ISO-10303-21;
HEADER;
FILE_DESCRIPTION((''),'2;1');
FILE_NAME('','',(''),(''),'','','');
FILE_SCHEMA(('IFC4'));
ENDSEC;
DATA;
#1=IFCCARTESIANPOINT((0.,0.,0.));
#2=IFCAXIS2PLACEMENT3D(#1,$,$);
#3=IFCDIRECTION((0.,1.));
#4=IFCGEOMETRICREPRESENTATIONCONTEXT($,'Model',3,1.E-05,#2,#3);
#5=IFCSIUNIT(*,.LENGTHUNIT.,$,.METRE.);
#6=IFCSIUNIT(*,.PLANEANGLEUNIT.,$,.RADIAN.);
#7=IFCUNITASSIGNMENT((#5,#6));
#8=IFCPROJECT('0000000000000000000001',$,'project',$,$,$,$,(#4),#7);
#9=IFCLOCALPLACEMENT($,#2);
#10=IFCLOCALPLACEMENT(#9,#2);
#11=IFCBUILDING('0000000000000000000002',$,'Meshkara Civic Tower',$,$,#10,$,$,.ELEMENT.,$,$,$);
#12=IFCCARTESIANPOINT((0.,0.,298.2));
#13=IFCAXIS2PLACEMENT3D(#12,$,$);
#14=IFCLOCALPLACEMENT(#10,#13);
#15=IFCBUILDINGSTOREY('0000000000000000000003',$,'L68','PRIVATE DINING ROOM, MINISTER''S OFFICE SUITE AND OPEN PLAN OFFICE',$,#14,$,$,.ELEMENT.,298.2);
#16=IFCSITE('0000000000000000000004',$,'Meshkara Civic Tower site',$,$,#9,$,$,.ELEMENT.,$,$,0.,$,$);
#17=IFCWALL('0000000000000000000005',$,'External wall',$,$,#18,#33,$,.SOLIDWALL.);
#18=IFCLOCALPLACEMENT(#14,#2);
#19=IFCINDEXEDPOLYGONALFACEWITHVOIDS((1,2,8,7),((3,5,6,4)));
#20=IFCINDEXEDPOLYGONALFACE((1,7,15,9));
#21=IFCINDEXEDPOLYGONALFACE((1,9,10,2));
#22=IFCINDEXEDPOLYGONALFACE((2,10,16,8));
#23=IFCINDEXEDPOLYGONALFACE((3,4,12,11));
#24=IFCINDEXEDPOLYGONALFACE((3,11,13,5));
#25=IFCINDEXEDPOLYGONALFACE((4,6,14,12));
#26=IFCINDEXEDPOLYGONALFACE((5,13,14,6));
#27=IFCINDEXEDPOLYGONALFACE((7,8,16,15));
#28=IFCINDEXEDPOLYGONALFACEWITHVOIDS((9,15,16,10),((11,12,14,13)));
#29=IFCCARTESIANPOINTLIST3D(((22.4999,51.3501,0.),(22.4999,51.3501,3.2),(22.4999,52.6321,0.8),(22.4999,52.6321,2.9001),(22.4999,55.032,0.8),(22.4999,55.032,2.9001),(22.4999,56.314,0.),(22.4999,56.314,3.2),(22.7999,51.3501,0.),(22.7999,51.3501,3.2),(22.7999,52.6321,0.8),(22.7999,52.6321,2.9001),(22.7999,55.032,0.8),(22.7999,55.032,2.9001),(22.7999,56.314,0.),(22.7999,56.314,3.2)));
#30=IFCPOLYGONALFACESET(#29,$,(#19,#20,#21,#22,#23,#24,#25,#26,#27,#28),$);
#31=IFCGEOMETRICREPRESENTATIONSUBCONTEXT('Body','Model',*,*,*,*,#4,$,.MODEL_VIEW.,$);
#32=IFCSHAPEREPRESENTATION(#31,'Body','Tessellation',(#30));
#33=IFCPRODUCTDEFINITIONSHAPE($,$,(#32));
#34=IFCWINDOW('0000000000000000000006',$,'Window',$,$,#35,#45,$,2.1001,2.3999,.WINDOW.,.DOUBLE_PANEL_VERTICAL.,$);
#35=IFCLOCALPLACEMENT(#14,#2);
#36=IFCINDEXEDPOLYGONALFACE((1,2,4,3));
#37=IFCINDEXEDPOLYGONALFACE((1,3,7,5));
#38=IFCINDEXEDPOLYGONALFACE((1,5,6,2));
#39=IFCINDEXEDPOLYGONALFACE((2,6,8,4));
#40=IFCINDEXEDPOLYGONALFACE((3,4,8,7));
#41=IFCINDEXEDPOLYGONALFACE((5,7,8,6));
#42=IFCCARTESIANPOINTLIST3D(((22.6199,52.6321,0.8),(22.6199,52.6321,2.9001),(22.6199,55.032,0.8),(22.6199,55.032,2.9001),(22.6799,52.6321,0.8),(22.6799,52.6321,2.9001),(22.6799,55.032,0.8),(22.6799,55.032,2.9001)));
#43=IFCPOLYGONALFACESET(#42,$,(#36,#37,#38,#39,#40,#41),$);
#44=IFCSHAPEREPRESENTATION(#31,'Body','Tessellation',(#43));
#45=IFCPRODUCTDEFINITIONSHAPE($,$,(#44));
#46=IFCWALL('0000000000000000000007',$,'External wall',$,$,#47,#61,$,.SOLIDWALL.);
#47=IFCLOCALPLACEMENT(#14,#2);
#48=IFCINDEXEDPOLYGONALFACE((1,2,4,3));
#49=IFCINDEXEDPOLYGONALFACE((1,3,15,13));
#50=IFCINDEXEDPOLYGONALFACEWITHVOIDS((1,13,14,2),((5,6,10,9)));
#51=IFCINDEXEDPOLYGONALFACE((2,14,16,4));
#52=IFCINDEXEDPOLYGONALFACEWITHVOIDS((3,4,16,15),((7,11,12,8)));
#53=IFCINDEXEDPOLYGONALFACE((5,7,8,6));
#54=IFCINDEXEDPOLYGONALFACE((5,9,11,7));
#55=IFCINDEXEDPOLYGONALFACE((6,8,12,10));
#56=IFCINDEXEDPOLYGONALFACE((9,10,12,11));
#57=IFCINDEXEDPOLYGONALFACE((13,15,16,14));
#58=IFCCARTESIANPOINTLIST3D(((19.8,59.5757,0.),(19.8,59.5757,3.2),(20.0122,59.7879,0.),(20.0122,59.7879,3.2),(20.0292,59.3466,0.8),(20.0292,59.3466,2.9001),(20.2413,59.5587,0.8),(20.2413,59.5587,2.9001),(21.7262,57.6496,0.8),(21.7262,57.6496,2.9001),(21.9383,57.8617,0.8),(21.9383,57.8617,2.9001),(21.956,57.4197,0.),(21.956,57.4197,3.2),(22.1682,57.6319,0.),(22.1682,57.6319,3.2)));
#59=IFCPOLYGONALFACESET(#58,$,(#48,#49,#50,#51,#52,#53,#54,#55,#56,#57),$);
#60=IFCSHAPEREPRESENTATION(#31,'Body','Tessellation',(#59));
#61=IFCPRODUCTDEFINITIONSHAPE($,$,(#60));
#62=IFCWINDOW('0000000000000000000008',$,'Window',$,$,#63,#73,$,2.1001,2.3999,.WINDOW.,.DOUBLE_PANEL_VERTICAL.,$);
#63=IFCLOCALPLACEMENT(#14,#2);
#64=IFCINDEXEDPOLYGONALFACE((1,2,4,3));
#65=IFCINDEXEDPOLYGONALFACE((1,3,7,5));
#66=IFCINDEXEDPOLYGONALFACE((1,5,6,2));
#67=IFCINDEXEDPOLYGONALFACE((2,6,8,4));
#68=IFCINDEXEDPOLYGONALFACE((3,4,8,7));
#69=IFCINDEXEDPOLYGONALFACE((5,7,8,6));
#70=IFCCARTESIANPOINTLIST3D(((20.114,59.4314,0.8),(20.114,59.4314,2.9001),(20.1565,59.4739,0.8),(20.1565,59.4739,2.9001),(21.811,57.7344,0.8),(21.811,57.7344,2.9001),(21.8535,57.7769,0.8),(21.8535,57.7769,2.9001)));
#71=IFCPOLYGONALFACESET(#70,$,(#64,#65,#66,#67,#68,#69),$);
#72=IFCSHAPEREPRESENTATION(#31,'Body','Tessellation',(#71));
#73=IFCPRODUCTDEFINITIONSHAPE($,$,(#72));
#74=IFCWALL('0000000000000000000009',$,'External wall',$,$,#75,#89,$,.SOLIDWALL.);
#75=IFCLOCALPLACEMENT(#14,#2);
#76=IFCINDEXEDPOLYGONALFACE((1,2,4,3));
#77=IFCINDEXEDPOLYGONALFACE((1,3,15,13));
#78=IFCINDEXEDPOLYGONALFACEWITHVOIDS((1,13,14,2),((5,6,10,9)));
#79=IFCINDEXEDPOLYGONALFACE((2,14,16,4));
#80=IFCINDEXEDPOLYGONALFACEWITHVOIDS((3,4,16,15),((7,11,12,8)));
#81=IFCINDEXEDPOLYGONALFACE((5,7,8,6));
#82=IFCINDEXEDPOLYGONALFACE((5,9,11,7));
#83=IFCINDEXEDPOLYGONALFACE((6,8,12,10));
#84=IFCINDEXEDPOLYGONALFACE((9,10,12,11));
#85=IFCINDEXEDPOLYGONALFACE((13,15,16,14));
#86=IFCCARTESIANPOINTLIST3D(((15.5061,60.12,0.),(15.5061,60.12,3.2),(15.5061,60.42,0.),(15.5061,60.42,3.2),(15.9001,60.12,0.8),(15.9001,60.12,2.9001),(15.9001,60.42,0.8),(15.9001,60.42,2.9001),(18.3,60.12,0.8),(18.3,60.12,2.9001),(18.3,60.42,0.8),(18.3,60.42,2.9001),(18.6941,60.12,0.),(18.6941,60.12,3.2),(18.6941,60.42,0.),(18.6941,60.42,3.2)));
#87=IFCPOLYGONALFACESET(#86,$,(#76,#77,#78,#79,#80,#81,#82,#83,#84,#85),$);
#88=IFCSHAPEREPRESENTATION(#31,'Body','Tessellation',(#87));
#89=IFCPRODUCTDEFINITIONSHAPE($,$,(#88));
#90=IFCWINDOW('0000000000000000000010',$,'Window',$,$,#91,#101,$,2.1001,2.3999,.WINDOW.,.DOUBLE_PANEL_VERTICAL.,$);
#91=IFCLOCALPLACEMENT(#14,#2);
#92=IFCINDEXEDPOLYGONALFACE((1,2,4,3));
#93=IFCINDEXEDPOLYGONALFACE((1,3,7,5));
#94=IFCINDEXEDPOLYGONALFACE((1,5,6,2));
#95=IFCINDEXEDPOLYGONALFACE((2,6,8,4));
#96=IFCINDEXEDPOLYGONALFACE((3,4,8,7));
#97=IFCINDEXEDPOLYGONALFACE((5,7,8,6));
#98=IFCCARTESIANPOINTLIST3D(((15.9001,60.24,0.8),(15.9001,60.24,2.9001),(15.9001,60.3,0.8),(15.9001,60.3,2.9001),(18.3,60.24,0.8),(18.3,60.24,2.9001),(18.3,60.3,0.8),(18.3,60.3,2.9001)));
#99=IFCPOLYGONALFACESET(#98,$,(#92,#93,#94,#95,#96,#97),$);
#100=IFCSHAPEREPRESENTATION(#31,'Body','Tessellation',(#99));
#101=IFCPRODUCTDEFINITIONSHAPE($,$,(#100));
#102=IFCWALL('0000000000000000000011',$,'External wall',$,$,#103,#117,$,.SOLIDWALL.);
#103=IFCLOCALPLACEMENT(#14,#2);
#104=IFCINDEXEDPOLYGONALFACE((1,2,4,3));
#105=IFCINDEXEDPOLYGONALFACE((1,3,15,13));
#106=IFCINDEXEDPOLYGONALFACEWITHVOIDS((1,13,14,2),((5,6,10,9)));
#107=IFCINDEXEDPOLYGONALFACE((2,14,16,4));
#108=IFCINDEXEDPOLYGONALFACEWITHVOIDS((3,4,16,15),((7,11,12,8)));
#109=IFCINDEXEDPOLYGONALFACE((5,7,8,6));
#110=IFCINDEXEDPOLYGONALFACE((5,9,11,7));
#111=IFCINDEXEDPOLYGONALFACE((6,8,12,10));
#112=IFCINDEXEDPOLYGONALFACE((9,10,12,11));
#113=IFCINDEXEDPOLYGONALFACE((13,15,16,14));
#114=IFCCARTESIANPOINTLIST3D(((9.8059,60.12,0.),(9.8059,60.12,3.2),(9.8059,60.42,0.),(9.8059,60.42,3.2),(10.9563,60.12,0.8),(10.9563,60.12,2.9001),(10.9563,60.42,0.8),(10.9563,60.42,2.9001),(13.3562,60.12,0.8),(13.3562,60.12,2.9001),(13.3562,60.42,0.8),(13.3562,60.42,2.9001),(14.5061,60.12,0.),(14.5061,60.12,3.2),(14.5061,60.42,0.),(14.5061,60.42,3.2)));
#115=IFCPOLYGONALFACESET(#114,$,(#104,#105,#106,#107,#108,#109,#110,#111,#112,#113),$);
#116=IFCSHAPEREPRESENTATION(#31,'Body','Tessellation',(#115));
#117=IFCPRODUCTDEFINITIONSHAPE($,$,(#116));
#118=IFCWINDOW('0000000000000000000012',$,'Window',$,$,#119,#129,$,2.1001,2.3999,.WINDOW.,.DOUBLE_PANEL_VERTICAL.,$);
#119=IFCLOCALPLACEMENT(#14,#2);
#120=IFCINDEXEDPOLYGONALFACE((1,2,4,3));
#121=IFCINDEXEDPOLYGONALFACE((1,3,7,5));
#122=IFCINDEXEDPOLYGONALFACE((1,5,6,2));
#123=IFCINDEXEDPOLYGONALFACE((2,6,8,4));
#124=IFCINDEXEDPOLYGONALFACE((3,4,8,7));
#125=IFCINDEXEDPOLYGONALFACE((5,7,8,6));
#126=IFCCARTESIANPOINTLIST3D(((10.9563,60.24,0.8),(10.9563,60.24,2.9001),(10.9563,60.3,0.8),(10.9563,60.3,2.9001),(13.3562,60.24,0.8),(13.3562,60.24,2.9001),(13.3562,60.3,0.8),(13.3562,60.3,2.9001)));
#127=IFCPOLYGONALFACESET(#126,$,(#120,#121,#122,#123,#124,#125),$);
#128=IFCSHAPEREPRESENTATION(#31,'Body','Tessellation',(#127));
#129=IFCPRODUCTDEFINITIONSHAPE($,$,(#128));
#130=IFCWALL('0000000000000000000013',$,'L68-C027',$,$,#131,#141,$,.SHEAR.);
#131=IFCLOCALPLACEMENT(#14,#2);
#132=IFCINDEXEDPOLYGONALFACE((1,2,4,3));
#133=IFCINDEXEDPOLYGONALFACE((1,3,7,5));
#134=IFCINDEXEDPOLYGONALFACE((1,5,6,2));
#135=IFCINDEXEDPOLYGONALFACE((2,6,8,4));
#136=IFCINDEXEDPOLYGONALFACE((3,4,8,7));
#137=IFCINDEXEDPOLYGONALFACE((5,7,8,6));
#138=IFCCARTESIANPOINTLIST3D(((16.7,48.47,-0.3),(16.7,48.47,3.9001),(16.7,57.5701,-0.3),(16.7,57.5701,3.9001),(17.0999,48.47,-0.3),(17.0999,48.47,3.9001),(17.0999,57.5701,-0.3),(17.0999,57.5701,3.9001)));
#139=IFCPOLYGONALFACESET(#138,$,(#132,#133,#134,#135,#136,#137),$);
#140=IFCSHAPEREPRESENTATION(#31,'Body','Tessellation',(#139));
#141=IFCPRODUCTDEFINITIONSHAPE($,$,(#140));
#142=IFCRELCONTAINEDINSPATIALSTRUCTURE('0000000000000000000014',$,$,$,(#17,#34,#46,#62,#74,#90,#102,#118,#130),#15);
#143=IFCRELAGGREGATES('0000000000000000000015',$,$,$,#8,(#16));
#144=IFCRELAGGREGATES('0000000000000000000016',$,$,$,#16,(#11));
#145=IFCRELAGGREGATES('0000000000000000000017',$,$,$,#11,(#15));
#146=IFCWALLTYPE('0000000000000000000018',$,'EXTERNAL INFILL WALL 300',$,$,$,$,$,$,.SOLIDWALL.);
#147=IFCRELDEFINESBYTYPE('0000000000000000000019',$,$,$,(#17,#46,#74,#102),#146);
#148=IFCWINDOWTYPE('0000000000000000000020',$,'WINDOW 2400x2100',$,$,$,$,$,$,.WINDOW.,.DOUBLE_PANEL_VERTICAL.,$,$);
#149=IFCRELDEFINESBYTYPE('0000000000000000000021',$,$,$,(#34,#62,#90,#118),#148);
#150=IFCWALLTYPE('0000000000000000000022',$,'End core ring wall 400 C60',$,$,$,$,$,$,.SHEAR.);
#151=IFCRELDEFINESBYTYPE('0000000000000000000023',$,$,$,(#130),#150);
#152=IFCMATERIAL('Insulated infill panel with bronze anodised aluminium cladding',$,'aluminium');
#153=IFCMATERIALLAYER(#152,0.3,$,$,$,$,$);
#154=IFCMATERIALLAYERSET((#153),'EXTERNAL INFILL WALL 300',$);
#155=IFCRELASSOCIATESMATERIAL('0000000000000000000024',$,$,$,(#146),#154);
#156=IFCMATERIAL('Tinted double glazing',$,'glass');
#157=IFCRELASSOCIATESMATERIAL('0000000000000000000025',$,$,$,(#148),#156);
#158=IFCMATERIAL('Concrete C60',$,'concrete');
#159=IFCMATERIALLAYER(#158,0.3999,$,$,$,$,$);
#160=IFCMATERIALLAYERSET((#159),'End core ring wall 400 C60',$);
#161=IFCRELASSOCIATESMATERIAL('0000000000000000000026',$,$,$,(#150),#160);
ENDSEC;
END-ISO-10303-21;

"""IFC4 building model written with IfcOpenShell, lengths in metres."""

from ifc_helpers import new_model, si_unit, direction, frame, frame_2d, origin, place, context, subcontext, project, spatial, rectangle, extrude, material, layer, layer_set, type_object, element, fill, save


model = new_model("IFC4")

# Units and contexts
model_context = context("Model", 3, precision=1e-05, world=origin(), true_north=direction((0.0, 1.0)))
body_context = subcontext(model_context, "Body", "Model", "MODEL_VIEW")
ifc_project = project(units=[si_unit("LENGTHUNIT", "METRE"), si_unit("PLANEANGLEUNIT", "RADIAN")], contexts=[model_context])

# Site, building, storey
site_placement = place(None, origin())
site = spatial("IfcSite", under=ifc_project, at=site_placement, Name="Meshkara Civic Tower site", CompositionType="ELEMENT", RefElevation=0.0)
building_placement = place(site_placement, origin())
building = spatial("IfcBuilding", under=site, at=building_placement, Name="Meshkara Civic Tower", CompositionType="ELEMENT")
storey_placement = place(building_placement, frame((0.0, 0.0, 298.2)))
storey = spatial("IfcBuildingStorey", under=building, at=storey_placement, Name="L68", Description="PRIVATE DINING ROOM, MINISTER'S OFFICE SUITE AND OPEN PLAN OFFICE", CompositionType="ELEMENT", Elevation=298.2)

# Walls, openings, windows
ifc_material_1 = material(Name="Insulated infill panel with bronze anodised aluminium cladding", Category="aluminium")
ifc_layer_1 = layer(ifc_material_1, 0.3)
ifc_layer_set_1 = layer_set([ifc_layer_1], Name="EXTERNAL INFILL WALL 300")
wall_type_1 = type_object("IfcWallType", Name="EXTERNAL INFILL WALL 300", PredefinedType="SOLIDWALL", material=ifc_layer_set_1)
wall_1_placement = place(storey_placement, frame((22.6499, 51.3501, 0.0), z_axis=(0.0, 0.0, 1.0), x_axis=(0.0, 1.0, 0.0)))
wall_1 = element("IfcWall", 1, at=wall_1_placement, inside=storey, type_object=wall_type_1, Name="External wall", PredefinedType="SOLIDWALL", context=body_context, shape_type="SweptSolid", body=[
    extrude(rectangle(XDim=4.9639, YDim=0.3, at=frame_2d((2.4819, 0.0))), origin(), (0.0, 0.0, 1.0), 3.2),
])
opening_1_placement = place(wall_1_placement, frame((1.282, 0.0, 0.8)))
opening_1 = element("IfcOpeningElement", 2, at=opening_1_placement, cuts=wall_1, PredefinedType="OPENING", context=body_context, shape_type="SweptSolid", body=[
    extrude(rectangle(XDim=2.3999, YDim=2.1001, at=frame_2d((1.2, 1.05))), frame((0.0, 0.1599, 0.0), z_axis=(0.0, -1.0, 0.0), x_axis=(1.0, 0.0, 0.0)), (0.0, 0.0, 1.0), 0.3201),
])
ifc_material_2 = material(Name="Tinted double glazing", Category="glass")
window_type = type_object("IfcWindowType", Name="WINDOW 2400x2100", PartitioningType="DOUBLE_PANEL_VERTICAL", PredefinedType="WINDOW", material=ifc_material_2)
window_1_placement = place(opening_1_placement, origin())
window_1 = element("IfcWindow", 3, at=window_1_placement, inside=storey, type_object=window_type, Name="Window", OverallHeight=2.1001, OverallWidth=2.3999, PartitioningType="DOUBLE_PANEL_VERTICAL", PredefinedType="WINDOW", context=body_context, shape_type="SweptSolid", body=[
    extrude(rectangle(XDim=2.3999, YDim=2.1001, at=frame_2d((1.2, 1.05))), frame((0.0, 0.03, 0.0), z_axis=(0.0, -1.0, 0.0), x_axis=(1.0, 0.0, 0.0)), (0.0, 0.0, 1.0), 0.0601),
])
fill(opening_1, window_1)
wall_2_placement = place(storey_placement, frame((22.062, 57.5259, 0.0), z_axis=(0.0, 0.0, 1.0), x_axis=(-0.707107, 0.707107, 0.0)))
wall_2 = element("IfcWall", 4, at=wall_2_placement, inside=storey, type_object=wall_type_1, Name="External wall", PredefinedType="SOLIDWALL", context=body_context, shape_type="SweptSolid", body=[
    extrude(rectangle(XDim=3.0491, YDim=0.3, at=frame_2d((1.5244, 0.0))), origin(), (0.0, 0.0, 1.0), 3.2),
])
opening_2_placement = place(wall_2_placement, frame((0.325, 0.0, 0.8)))
opening_2 = element("IfcOpeningElement", 5, at=opening_2_placement, cuts=wall_2, PredefinedType="OPENING", context=body_context, shape_type="SweptSolid", body=[
    extrude(rectangle(XDim=2.3999, YDim=2.1001, at=frame_2d((1.2, 1.05))), frame((0.0, 0.1599, 0.0), z_axis=(0.0, -1.0, 0.0), x_axis=(1.0, 0.0, 0.0)), (0.0, 0.0, 1.0), 0.3201),
])
window_2_placement = place(opening_2_placement, origin())
window_2 = element("IfcWindow", 6, at=window_2_placement, inside=storey, type_object=window_type, Name="Window", OverallHeight=2.1001, OverallWidth=2.3999, PartitioningType="DOUBLE_PANEL_VERTICAL", PredefinedType="WINDOW", context=body_context, shape_type="SweptSolid", body=[
    extrude(rectangle(XDim=2.3999, YDim=2.1001, at=frame_2d((1.2, 1.05))), frame((0.0, 0.03, 0.0), z_axis=(0.0, -1.0, 0.0), x_axis=(1.0, 0.0, 0.0)), (0.0, 0.0, 1.0), 0.0601),
])
fill(opening_2, window_2)
wall_3_placement = place(storey_placement, frame((18.6941, 60.27, 0.0), z_axis=(0.0, 0.0, 1.0), x_axis=(-1.0, 0.0, 0.0)))
wall_3 = element("IfcWall", 7, at=wall_3_placement, inside=storey, type_object=wall_type_1, Name="External wall", PredefinedType="SOLIDWALL", context=body_context, shape_type="SweptSolid", body=[
    extrude(rectangle(XDim=3.188, YDim=0.3, at=frame_2d((1.594, 0.0))), origin(), (0.0, 0.0, 1.0), 3.2),
])
opening_3_placement = place(wall_3_placement, frame((0.394, 0.0, 0.8)))
opening_3 = element("IfcOpeningElement", 8, at=opening_3_placement, cuts=wall_3, PredefinedType="OPENING", context=body_context, shape_type="SweptSolid", body=[
    extrude(rectangle(XDim=2.3999, YDim=2.1001, at=frame_2d((1.2, 1.05))), frame((0.0, 0.1599, 0.0), z_axis=(0.0, -1.0, 0.0), x_axis=(1.0, 0.0, 0.0)), (0.0, 0.0, 1.0), 0.3201),
])
window_3_placement = place(opening_3_placement, origin())
window_3 = element("IfcWindow", 9, at=window_3_placement, inside=storey, type_object=window_type, Name="Window", OverallHeight=2.1001, OverallWidth=2.3999, PartitioningType="DOUBLE_PANEL_VERTICAL", PredefinedType="WINDOW", context=body_context, shape_type="SweptSolid", body=[
    extrude(rectangle(XDim=2.3999, YDim=2.1001, at=frame_2d((1.2, 1.05))), frame((0.0, 0.03, 0.0), z_axis=(0.0, -1.0, 0.0), x_axis=(1.0, 0.0, 0.0)), (0.0, 0.0, 1.0), 0.0601),
])
fill(opening_3, window_3)
wall_4_placement = place(storey_placement, frame((14.5061, 60.27, 0.0), z_axis=(0.0, 0.0, 1.0), x_axis=(-1.0, 0.0, 0.0)))
wall_4 = element("IfcWall", 10, at=wall_4_placement, inside=storey, type_object=wall_type_1, Name="External wall", PredefinedType="SOLIDWALL", context=body_context, shape_type="SweptSolid", body=[
    extrude(rectangle(XDim=4.7002, YDim=0.3, at=frame_2d((2.3501, 0.0))), origin(), (0.0, 0.0, 1.0), 3.2),
])
opening_4_placement = place(wall_4_placement, frame((1.1499, 0.0, 0.8)))
opening_4 = element("IfcOpeningElement", 11, at=opening_4_placement, cuts=wall_4, PredefinedType="OPENING", context=body_context, shape_type="SweptSolid", body=[
    extrude(rectangle(XDim=2.3999, YDim=2.1001, at=frame_2d((1.2, 1.05))), frame((0.0, 0.1599, 0.0), z_axis=(0.0, -1.0, 0.0), x_axis=(1.0, 0.0, 0.0)), (0.0, 0.0, 1.0), 0.3201),
])
window_4_placement = place(opening_4_placement, origin())
window_4 = element("IfcWindow", 12, at=window_4_placement, inside=storey, type_object=window_type, Name="Window", OverallHeight=2.1001, OverallWidth=2.3999, PartitioningType="DOUBLE_PANEL_VERTICAL", PredefinedType="WINDOW", context=body_context, shape_type="SweptSolid", body=[
    extrude(rectangle(XDim=2.3999, YDim=2.1001, at=frame_2d((1.2, 1.05))), frame((0.0, 0.03, 0.0), z_axis=(0.0, -1.0, 0.0), x_axis=(1.0, 0.0, 0.0)), (0.0, 0.0, 1.0), 0.0601),
])
fill(opening_4, window_4)

# Wall
ifc_material_3 = material(Name="Concrete C60", Category="concrete")
ifc_layer_2 = layer(ifc_material_3, 0.3999)
ifc_layer_set_2 = layer_set([ifc_layer_2], Name="End core ring wall 400 C60")
wall_type_2 = type_object("IfcWallType", Name="End core ring wall 400 C60", PredefinedType="SHEAR", material=ifc_layer_set_2)
wall_5_placement = place(storey_placement, frame((16.8999, 48.47, -0.3), z_axis=(0.0, 0.0, 1.0), x_axis=(0.0, 1.0, 0.0)))
element("IfcWall", 13, at=wall_5_placement, inside=storey, type_object=wall_type_2, Name="L68-C027", PredefinedType="SHEAR", context=body_context, shape_type="SweptSolid", body=[
    extrude(rectangle(XDim=9.1001, YDim=0.3999, at=frame_2d((4.55, 0.0))), origin(), (0.0, 0.0, 1.0), 4.2002),
])

save(model, "model.ifc")
